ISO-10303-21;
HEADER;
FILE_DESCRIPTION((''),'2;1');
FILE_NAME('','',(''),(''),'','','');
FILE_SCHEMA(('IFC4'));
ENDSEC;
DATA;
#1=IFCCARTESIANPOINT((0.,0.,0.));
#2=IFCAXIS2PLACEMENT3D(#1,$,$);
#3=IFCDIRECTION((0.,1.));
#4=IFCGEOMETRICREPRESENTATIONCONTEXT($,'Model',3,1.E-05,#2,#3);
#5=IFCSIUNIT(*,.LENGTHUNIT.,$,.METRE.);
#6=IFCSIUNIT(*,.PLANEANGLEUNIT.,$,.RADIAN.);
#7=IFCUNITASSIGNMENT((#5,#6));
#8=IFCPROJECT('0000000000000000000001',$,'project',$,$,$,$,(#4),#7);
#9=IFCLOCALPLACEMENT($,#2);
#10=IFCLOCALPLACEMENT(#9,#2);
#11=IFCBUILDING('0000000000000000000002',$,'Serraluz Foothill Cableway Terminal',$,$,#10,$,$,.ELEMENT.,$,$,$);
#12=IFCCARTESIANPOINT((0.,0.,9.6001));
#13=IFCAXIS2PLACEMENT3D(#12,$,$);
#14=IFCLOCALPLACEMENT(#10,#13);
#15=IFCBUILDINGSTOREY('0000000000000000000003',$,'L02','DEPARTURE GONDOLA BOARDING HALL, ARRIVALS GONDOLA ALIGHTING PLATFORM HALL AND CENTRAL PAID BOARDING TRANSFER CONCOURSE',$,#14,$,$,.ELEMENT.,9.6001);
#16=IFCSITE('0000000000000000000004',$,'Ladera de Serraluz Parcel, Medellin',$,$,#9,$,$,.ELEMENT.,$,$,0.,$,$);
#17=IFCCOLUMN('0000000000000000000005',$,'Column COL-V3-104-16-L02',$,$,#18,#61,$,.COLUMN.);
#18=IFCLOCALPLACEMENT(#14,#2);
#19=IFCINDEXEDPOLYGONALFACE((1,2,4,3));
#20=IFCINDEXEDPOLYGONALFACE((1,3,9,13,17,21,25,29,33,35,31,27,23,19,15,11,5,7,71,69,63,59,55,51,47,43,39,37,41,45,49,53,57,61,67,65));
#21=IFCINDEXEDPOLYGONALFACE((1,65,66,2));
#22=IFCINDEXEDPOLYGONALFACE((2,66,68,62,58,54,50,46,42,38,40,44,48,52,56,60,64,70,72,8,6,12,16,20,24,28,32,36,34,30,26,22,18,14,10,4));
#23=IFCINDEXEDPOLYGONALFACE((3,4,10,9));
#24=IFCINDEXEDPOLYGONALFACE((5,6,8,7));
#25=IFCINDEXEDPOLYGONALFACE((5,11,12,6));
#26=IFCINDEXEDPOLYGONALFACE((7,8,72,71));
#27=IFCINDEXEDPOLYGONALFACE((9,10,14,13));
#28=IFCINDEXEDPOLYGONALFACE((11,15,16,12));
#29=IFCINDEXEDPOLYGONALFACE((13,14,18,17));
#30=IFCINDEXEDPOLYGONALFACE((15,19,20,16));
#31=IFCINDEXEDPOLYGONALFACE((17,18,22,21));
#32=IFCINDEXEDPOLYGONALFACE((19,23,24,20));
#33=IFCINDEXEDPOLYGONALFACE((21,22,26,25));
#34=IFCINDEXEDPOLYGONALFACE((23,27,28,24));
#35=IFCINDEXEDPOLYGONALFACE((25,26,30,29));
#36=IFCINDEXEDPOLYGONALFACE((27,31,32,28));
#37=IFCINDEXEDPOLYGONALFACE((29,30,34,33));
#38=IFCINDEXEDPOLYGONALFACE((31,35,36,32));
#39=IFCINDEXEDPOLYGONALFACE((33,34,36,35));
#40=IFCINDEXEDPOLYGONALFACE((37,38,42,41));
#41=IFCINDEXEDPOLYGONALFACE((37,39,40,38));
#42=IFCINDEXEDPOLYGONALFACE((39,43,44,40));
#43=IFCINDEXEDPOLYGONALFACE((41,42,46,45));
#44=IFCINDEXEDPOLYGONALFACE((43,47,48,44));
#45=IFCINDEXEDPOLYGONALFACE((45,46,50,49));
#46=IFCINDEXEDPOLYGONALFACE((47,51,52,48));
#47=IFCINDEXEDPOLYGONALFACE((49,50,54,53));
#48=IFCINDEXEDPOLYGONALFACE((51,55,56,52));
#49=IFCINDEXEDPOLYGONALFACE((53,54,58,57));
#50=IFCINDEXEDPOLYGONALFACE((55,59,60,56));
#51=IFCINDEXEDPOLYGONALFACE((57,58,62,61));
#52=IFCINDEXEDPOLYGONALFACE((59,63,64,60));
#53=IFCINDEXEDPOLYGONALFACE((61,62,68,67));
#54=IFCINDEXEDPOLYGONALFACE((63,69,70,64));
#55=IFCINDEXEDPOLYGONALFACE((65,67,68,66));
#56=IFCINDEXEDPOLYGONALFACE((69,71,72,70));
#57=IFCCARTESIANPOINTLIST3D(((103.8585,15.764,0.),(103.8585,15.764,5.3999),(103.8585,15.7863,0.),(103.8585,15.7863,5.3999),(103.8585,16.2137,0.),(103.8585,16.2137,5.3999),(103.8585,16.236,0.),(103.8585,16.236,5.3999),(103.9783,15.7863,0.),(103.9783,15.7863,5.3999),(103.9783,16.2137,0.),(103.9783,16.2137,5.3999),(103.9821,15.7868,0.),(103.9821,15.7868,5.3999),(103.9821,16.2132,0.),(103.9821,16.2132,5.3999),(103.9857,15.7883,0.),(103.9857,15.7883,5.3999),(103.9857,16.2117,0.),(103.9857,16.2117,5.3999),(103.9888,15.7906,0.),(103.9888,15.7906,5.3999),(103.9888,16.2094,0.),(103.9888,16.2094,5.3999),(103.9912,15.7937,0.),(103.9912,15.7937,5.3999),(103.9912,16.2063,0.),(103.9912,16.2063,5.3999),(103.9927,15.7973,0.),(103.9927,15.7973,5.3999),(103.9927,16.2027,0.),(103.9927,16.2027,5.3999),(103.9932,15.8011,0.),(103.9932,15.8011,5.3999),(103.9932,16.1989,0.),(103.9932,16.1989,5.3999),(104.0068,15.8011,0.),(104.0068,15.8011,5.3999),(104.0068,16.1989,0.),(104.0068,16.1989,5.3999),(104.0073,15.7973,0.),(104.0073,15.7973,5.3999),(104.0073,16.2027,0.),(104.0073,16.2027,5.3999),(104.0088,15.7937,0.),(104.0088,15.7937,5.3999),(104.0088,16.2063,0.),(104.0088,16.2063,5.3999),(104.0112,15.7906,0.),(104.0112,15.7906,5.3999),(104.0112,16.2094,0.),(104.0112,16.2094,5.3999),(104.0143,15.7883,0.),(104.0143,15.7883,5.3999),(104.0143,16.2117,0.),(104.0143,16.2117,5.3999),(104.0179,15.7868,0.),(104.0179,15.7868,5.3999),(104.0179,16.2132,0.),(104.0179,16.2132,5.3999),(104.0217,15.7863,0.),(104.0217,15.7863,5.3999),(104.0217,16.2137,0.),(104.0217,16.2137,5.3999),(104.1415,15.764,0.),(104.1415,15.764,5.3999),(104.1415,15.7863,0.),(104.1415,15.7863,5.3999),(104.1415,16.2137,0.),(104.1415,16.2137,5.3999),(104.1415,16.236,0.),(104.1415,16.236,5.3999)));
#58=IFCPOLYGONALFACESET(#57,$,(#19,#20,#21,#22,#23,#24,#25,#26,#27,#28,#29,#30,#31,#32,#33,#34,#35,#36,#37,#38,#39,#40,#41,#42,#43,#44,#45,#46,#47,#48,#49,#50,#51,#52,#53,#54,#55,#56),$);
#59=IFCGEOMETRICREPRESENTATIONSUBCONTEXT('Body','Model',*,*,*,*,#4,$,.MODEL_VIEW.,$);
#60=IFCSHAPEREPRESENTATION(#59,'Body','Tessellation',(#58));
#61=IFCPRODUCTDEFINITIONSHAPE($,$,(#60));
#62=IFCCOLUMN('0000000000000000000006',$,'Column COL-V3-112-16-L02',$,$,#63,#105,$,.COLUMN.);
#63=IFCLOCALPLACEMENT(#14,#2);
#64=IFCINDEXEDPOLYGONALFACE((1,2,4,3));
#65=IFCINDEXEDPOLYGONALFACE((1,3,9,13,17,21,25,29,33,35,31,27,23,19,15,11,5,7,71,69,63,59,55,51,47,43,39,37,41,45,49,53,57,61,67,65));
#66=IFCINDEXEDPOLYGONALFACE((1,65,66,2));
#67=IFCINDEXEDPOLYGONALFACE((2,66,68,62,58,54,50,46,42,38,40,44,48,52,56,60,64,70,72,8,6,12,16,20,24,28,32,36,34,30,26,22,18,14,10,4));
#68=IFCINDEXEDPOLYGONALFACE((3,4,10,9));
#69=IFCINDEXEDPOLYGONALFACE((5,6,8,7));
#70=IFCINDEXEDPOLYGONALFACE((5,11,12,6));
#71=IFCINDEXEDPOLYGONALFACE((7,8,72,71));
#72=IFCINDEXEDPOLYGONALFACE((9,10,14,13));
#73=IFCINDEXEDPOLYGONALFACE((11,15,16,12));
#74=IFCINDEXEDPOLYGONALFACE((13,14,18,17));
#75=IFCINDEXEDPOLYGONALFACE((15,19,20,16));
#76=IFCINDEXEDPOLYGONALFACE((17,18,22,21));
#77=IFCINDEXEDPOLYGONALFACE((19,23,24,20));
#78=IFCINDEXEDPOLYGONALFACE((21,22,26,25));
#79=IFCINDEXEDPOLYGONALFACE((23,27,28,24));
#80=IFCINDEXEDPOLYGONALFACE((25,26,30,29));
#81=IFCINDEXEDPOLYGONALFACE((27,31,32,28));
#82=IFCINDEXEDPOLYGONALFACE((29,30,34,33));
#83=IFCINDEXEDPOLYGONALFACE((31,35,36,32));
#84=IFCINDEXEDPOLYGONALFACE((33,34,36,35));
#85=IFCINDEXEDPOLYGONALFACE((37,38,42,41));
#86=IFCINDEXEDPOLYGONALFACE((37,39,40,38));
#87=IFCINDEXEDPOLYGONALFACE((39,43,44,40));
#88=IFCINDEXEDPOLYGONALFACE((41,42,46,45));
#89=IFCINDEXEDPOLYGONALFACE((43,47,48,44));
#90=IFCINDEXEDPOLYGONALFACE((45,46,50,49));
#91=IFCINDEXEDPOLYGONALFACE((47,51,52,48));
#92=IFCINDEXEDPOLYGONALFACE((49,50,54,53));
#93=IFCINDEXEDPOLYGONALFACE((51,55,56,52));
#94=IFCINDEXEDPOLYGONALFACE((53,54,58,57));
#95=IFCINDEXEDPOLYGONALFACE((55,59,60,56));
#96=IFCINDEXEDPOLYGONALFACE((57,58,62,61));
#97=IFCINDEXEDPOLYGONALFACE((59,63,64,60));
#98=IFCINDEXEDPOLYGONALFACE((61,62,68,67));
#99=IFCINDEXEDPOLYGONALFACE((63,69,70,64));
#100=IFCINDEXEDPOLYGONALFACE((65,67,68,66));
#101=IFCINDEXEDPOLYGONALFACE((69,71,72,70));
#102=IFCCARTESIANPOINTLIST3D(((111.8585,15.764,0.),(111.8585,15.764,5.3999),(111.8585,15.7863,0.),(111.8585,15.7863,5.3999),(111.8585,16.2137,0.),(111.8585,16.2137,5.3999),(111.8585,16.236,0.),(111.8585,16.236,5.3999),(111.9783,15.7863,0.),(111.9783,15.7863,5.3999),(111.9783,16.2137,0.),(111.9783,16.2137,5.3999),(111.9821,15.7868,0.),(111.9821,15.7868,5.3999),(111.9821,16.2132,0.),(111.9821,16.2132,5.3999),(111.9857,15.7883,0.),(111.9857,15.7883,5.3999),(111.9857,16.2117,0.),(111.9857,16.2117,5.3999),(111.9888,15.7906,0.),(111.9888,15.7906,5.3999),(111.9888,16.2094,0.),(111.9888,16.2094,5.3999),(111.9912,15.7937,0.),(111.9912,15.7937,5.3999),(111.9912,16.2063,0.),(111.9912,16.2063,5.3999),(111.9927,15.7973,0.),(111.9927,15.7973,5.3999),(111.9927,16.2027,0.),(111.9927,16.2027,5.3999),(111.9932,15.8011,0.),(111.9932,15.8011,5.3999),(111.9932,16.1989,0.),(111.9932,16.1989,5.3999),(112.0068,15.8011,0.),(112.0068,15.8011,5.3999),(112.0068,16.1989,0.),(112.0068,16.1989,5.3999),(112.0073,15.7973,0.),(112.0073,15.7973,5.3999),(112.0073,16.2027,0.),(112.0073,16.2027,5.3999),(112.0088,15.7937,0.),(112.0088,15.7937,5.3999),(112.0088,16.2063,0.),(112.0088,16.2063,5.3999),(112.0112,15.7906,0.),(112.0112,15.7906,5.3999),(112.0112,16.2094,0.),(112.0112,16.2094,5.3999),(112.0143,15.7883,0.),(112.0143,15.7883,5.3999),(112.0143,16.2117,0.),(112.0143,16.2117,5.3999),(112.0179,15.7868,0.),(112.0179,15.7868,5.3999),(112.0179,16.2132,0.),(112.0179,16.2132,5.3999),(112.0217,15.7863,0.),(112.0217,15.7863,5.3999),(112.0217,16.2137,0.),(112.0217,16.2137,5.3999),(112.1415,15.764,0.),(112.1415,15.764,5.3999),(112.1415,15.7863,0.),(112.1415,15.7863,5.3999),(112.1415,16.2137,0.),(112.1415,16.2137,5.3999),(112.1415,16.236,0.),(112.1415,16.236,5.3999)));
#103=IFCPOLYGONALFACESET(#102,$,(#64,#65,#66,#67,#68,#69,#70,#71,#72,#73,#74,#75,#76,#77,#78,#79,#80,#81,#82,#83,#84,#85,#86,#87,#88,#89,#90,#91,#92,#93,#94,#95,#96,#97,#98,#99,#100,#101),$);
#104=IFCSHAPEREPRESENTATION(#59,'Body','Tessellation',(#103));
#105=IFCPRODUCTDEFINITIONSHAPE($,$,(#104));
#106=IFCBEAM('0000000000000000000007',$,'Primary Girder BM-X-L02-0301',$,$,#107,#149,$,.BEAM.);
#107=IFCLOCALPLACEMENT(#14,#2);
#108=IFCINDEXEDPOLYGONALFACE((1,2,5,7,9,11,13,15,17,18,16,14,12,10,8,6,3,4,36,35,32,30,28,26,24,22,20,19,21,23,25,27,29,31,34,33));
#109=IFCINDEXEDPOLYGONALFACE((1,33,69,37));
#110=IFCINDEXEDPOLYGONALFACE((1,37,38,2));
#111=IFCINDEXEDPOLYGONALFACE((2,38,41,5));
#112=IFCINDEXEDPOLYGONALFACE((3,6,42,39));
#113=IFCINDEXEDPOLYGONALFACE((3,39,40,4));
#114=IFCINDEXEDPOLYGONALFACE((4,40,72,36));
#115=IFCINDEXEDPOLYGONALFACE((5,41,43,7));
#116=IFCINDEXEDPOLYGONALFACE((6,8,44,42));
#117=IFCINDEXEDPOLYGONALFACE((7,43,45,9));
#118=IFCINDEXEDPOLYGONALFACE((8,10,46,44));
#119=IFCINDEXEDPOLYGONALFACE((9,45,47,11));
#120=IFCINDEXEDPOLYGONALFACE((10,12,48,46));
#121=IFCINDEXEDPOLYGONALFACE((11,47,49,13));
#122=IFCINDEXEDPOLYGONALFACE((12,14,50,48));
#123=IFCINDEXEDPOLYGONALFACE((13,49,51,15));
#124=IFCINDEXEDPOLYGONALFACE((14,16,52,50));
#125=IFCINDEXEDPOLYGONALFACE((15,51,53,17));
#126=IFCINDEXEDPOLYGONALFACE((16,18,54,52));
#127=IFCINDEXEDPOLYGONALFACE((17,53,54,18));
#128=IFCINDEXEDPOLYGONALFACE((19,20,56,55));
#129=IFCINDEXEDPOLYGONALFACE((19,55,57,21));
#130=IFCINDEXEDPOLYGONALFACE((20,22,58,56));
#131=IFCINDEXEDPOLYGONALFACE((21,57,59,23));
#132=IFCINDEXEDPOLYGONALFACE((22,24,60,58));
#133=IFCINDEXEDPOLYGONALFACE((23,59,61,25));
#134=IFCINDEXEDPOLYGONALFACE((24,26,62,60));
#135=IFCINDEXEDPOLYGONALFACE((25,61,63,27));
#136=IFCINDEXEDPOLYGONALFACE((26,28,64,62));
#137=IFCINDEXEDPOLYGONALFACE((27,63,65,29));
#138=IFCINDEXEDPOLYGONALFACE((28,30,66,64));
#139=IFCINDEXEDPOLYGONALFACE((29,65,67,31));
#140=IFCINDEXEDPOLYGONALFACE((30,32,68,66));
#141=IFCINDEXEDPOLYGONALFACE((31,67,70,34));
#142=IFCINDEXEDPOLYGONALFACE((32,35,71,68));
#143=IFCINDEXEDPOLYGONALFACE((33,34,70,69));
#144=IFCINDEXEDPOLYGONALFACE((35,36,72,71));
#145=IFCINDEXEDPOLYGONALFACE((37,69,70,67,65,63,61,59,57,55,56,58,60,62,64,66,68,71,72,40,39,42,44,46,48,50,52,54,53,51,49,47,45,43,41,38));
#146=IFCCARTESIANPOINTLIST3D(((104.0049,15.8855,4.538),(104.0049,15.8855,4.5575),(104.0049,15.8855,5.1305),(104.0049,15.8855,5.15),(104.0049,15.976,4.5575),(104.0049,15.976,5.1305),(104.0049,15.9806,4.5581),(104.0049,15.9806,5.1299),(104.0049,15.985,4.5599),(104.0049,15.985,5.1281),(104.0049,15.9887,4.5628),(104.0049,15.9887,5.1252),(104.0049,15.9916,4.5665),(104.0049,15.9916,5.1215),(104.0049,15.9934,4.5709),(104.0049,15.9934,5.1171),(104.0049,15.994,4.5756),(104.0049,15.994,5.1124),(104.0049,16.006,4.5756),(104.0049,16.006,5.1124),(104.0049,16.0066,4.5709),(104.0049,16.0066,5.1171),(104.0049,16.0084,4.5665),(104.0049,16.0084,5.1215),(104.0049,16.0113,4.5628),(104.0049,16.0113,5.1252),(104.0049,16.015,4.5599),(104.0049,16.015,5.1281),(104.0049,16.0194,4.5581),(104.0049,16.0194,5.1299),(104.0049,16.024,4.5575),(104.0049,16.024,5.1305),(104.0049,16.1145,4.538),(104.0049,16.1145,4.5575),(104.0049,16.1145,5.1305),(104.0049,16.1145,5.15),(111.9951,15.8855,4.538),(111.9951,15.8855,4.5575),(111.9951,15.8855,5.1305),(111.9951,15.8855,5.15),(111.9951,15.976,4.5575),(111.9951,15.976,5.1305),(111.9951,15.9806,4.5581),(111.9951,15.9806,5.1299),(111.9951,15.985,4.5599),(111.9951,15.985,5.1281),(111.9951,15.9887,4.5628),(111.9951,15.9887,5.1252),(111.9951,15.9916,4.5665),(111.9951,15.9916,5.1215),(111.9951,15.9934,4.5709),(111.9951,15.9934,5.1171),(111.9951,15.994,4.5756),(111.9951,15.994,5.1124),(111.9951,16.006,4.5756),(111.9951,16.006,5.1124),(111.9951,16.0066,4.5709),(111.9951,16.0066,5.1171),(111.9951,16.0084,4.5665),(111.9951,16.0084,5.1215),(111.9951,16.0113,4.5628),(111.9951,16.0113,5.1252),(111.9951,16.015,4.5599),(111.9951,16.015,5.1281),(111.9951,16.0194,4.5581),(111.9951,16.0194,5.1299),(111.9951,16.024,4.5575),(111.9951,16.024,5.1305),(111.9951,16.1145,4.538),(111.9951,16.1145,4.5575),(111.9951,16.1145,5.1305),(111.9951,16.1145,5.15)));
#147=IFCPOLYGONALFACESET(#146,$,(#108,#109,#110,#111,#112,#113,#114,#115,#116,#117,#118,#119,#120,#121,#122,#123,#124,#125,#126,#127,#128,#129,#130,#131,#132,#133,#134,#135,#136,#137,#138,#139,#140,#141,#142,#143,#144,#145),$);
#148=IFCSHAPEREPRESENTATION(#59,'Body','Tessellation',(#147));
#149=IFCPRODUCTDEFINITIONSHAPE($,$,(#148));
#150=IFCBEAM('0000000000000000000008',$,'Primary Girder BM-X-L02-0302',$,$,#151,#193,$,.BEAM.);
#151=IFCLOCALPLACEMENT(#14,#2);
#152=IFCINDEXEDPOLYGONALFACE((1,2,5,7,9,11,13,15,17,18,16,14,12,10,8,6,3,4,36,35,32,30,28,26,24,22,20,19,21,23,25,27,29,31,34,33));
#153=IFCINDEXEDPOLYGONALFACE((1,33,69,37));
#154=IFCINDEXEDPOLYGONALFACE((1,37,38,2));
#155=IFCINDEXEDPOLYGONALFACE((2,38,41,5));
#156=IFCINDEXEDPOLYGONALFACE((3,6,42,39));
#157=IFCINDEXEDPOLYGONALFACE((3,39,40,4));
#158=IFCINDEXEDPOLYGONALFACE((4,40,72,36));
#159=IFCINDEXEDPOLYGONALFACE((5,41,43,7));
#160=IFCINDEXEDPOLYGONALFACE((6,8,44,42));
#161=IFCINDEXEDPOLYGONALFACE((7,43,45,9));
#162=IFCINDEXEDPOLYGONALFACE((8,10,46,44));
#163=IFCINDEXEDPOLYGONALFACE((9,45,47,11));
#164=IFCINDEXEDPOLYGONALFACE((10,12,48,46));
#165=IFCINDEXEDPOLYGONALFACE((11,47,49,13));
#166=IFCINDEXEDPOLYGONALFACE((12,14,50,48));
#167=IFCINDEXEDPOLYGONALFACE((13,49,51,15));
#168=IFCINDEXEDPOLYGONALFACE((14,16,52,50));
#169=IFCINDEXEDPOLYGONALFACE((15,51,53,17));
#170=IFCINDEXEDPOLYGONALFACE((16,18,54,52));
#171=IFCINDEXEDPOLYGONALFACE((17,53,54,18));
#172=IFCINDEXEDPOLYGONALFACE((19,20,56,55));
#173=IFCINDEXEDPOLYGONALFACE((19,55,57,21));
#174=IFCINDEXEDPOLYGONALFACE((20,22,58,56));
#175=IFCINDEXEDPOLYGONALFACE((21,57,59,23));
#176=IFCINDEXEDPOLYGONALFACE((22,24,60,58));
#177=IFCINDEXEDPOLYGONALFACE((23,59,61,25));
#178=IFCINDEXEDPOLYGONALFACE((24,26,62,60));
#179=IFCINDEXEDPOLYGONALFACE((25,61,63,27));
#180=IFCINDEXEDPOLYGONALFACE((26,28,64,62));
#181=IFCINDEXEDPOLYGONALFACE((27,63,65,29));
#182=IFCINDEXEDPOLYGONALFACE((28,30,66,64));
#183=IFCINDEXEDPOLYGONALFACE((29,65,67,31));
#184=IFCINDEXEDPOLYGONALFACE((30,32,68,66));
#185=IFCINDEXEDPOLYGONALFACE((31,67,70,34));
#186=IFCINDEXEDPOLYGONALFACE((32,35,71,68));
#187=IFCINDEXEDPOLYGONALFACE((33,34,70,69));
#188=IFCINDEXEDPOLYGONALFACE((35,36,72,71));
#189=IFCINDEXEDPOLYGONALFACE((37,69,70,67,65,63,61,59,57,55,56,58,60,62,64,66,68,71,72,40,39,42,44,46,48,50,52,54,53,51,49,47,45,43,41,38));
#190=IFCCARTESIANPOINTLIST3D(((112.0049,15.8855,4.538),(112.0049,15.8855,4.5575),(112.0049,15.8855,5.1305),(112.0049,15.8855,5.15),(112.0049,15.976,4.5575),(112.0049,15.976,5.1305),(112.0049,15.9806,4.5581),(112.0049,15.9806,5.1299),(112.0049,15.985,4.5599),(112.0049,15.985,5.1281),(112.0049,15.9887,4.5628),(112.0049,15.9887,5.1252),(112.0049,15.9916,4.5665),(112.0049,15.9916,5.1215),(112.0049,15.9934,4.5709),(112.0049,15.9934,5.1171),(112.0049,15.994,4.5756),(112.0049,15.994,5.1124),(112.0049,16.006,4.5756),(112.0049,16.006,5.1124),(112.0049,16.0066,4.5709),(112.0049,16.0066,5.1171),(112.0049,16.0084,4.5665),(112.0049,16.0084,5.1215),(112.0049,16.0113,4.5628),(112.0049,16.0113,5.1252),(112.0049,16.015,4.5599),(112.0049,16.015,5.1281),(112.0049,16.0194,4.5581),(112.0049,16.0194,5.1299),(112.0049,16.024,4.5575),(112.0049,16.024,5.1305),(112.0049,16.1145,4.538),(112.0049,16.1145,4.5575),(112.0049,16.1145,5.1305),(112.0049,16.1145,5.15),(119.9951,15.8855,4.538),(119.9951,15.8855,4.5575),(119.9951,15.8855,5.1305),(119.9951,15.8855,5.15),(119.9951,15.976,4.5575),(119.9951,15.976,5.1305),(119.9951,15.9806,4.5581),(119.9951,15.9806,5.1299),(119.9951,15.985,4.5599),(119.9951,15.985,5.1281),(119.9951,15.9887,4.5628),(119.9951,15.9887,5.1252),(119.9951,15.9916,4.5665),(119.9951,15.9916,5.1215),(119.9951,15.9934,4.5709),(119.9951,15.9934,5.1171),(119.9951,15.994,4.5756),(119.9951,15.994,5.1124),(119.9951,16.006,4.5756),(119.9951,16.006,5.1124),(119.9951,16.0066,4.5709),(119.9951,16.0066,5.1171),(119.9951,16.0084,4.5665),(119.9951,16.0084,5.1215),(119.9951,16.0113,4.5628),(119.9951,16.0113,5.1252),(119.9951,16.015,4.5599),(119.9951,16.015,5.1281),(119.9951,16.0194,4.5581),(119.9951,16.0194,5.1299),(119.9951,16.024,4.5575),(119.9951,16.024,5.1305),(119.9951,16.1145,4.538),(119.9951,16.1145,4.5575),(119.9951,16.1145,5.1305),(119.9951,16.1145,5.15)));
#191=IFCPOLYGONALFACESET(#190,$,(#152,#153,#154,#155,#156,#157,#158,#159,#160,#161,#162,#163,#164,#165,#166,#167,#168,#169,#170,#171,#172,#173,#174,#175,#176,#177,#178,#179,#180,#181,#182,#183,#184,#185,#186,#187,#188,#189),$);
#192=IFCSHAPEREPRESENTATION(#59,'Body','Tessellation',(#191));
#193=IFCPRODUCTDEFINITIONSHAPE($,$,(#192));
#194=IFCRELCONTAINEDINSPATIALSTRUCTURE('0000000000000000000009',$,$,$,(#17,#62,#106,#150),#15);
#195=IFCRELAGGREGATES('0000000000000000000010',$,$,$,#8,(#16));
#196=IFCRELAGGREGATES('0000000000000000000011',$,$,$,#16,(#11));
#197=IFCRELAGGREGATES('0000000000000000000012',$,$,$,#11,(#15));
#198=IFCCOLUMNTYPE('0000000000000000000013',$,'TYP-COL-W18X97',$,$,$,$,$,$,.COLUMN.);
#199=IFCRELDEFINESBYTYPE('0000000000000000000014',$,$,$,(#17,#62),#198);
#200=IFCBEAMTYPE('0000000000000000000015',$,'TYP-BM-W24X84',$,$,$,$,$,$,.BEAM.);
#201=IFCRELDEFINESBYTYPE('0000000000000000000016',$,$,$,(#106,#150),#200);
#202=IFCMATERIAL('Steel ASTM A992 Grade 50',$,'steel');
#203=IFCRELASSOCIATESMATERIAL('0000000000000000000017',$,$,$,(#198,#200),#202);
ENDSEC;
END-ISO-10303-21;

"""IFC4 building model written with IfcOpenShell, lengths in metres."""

from ifc_helpers import new_model, si_unit, direction, frame, origin, origin_2d, place, context, subcontext, project, spatial, i_section, extrude, material, material_profile, profile_set, type_object, element, save


model = new_model("IFC4")

# Units and contexts
model_context = context("Model", 3, precision=1e-05, world=origin(), true_north=direction((0.0, 1.0)))
body_context = subcontext(model_context, "Body", "Model", "MODEL_VIEW")
ifc_project = project(units=[si_unit("LENGTHUNIT", "METRE"), si_unit("PLANEANGLEUNIT", "RADIAN")], contexts=[model_context])

# Site, building, storey
site_placement = place(None, origin())
site = spatial("IfcSite", under=ifc_project, at=site_placement, Name="Ladera de Serraluz Parcel, Medellin", CompositionType="ELEMENT", RefElevation=0.0)
building_placement = place(site_placement, origin())
building = spatial("IfcBuilding", under=site, at=building_placement, Name="Serraluz Foothill Cableway Terminal", CompositionType="ELEMENT")
storey_placement = place(building_placement, frame((0.0, 0.0, 9.6001)))
storey = spatial("IfcBuildingStorey", under=building, at=storey_placement, Name="L02", Description="DEPARTURE GONDOLA BOARDING HALL, ARRIVALS GONDOLA ALIGHTING PLATFORM HALL AND CENTRAL PAID BOARDING TRANSFER CONCOURSE", CompositionType="ELEMENT", Elevation=9.6001)

# Columns
ifc_material_1 = material(Name="Steel ASTM A992 Grade 50", Category="steel")
ifc_material_profile_1 = material_profile(ifc_material_1, i_section(OverallWidth=0.283, OverallDepth=0.4719, WebThickness=0.0137, FlangeThickness=0.0222, FilletRadius=0.0149, at=origin_2d()), Name="W18X97")
ifc_profile_set_1 = profile_set([ifc_material_profile_1], Name="Steel ASTM A992 Grade 50")
column_type = type_object("IfcColumnType", Name="TYP-COL-W18X97", PredefinedType="COLUMN", material=ifc_profile_set_1)
for number, where, z_axis, x_axis, name in (
    (1, (104.0, 16.0, 0.0), (0.0, 0.0, 1.0), (1.0, 0.0, 0.0), "Column COL-V3-104-16-L02"),
    (2, (112.0, 16.0, 0.0), (0.0, 0.0, 1.0), (1.0, 0.0, 0.0), "Column COL-V3-112-16-L02"),
):
    element("IfcColumn", number, at=place(storey_placement, frame(where, z_axis=z_axis, x_axis=x_axis)), inside=storey, type_object=column_type, Name=name, PredefinedType="COLUMN", context=body_context, shape_type="SweptSolid", body=[
        extrude(i_section(OverallWidth=0.283, OverallDepth=0.4719, WebThickness=0.0137, FlangeThickness=0.0222, FilletRadius=0.0149, at=origin_2d()), origin(), (0.0, 0.0, 1.0), 5.3999),
    ])

# Beams
ifc_material_profile_2 = material_profile(ifc_material_1, i_section(OverallWidth=0.229, OverallDepth=0.6121, WebThickness=0.012, FlangeThickness=0.0195, FilletRadius=0.0181, at=origin_2d()), Name="W24X84")
ifc_profile_set_2 = profile_set([ifc_material_profile_2], Name="Steel ASTM A992 Grade 50")
beam_type_1 = type_object("IfcBeamType", Name="TYP-BM-W24X84", PredefinedType="BEAM", material=ifc_profile_set_2)
for number, where, z_axis, x_axis, name in (
    (3, (104.0049, 16.0, 4.844), (1.0, 0.0, 0.0), (0.0, 1.0, 0.0), "Primary Girder BM-X-L02-0301"),
    (4, (112.0049, 16.0, 4.844), (1.0, 0.0, 0.0), (0.0, 1.0, 0.0), "Primary Girder BM-X-L02-0302"),
):
    element("IfcBeam", number, at=place(storey_placement, frame(where, z_axis=z_axis, x_axis=x_axis)), inside=storey, type_object=beam_type_1, Name=name, PredefinedType="BEAM", context=body_context, shape_type="SweptSolid", body=[
        extrude(i_section(OverallWidth=0.229, OverallDepth=0.6121, WebThickness=0.012, FlangeThickness=0.0195, FilletRadius=0.0181, at=origin_2d()), origin(), (0.0, 0.0, 1.0), 7.9902),
    ])

save(model, "model.ifc")
